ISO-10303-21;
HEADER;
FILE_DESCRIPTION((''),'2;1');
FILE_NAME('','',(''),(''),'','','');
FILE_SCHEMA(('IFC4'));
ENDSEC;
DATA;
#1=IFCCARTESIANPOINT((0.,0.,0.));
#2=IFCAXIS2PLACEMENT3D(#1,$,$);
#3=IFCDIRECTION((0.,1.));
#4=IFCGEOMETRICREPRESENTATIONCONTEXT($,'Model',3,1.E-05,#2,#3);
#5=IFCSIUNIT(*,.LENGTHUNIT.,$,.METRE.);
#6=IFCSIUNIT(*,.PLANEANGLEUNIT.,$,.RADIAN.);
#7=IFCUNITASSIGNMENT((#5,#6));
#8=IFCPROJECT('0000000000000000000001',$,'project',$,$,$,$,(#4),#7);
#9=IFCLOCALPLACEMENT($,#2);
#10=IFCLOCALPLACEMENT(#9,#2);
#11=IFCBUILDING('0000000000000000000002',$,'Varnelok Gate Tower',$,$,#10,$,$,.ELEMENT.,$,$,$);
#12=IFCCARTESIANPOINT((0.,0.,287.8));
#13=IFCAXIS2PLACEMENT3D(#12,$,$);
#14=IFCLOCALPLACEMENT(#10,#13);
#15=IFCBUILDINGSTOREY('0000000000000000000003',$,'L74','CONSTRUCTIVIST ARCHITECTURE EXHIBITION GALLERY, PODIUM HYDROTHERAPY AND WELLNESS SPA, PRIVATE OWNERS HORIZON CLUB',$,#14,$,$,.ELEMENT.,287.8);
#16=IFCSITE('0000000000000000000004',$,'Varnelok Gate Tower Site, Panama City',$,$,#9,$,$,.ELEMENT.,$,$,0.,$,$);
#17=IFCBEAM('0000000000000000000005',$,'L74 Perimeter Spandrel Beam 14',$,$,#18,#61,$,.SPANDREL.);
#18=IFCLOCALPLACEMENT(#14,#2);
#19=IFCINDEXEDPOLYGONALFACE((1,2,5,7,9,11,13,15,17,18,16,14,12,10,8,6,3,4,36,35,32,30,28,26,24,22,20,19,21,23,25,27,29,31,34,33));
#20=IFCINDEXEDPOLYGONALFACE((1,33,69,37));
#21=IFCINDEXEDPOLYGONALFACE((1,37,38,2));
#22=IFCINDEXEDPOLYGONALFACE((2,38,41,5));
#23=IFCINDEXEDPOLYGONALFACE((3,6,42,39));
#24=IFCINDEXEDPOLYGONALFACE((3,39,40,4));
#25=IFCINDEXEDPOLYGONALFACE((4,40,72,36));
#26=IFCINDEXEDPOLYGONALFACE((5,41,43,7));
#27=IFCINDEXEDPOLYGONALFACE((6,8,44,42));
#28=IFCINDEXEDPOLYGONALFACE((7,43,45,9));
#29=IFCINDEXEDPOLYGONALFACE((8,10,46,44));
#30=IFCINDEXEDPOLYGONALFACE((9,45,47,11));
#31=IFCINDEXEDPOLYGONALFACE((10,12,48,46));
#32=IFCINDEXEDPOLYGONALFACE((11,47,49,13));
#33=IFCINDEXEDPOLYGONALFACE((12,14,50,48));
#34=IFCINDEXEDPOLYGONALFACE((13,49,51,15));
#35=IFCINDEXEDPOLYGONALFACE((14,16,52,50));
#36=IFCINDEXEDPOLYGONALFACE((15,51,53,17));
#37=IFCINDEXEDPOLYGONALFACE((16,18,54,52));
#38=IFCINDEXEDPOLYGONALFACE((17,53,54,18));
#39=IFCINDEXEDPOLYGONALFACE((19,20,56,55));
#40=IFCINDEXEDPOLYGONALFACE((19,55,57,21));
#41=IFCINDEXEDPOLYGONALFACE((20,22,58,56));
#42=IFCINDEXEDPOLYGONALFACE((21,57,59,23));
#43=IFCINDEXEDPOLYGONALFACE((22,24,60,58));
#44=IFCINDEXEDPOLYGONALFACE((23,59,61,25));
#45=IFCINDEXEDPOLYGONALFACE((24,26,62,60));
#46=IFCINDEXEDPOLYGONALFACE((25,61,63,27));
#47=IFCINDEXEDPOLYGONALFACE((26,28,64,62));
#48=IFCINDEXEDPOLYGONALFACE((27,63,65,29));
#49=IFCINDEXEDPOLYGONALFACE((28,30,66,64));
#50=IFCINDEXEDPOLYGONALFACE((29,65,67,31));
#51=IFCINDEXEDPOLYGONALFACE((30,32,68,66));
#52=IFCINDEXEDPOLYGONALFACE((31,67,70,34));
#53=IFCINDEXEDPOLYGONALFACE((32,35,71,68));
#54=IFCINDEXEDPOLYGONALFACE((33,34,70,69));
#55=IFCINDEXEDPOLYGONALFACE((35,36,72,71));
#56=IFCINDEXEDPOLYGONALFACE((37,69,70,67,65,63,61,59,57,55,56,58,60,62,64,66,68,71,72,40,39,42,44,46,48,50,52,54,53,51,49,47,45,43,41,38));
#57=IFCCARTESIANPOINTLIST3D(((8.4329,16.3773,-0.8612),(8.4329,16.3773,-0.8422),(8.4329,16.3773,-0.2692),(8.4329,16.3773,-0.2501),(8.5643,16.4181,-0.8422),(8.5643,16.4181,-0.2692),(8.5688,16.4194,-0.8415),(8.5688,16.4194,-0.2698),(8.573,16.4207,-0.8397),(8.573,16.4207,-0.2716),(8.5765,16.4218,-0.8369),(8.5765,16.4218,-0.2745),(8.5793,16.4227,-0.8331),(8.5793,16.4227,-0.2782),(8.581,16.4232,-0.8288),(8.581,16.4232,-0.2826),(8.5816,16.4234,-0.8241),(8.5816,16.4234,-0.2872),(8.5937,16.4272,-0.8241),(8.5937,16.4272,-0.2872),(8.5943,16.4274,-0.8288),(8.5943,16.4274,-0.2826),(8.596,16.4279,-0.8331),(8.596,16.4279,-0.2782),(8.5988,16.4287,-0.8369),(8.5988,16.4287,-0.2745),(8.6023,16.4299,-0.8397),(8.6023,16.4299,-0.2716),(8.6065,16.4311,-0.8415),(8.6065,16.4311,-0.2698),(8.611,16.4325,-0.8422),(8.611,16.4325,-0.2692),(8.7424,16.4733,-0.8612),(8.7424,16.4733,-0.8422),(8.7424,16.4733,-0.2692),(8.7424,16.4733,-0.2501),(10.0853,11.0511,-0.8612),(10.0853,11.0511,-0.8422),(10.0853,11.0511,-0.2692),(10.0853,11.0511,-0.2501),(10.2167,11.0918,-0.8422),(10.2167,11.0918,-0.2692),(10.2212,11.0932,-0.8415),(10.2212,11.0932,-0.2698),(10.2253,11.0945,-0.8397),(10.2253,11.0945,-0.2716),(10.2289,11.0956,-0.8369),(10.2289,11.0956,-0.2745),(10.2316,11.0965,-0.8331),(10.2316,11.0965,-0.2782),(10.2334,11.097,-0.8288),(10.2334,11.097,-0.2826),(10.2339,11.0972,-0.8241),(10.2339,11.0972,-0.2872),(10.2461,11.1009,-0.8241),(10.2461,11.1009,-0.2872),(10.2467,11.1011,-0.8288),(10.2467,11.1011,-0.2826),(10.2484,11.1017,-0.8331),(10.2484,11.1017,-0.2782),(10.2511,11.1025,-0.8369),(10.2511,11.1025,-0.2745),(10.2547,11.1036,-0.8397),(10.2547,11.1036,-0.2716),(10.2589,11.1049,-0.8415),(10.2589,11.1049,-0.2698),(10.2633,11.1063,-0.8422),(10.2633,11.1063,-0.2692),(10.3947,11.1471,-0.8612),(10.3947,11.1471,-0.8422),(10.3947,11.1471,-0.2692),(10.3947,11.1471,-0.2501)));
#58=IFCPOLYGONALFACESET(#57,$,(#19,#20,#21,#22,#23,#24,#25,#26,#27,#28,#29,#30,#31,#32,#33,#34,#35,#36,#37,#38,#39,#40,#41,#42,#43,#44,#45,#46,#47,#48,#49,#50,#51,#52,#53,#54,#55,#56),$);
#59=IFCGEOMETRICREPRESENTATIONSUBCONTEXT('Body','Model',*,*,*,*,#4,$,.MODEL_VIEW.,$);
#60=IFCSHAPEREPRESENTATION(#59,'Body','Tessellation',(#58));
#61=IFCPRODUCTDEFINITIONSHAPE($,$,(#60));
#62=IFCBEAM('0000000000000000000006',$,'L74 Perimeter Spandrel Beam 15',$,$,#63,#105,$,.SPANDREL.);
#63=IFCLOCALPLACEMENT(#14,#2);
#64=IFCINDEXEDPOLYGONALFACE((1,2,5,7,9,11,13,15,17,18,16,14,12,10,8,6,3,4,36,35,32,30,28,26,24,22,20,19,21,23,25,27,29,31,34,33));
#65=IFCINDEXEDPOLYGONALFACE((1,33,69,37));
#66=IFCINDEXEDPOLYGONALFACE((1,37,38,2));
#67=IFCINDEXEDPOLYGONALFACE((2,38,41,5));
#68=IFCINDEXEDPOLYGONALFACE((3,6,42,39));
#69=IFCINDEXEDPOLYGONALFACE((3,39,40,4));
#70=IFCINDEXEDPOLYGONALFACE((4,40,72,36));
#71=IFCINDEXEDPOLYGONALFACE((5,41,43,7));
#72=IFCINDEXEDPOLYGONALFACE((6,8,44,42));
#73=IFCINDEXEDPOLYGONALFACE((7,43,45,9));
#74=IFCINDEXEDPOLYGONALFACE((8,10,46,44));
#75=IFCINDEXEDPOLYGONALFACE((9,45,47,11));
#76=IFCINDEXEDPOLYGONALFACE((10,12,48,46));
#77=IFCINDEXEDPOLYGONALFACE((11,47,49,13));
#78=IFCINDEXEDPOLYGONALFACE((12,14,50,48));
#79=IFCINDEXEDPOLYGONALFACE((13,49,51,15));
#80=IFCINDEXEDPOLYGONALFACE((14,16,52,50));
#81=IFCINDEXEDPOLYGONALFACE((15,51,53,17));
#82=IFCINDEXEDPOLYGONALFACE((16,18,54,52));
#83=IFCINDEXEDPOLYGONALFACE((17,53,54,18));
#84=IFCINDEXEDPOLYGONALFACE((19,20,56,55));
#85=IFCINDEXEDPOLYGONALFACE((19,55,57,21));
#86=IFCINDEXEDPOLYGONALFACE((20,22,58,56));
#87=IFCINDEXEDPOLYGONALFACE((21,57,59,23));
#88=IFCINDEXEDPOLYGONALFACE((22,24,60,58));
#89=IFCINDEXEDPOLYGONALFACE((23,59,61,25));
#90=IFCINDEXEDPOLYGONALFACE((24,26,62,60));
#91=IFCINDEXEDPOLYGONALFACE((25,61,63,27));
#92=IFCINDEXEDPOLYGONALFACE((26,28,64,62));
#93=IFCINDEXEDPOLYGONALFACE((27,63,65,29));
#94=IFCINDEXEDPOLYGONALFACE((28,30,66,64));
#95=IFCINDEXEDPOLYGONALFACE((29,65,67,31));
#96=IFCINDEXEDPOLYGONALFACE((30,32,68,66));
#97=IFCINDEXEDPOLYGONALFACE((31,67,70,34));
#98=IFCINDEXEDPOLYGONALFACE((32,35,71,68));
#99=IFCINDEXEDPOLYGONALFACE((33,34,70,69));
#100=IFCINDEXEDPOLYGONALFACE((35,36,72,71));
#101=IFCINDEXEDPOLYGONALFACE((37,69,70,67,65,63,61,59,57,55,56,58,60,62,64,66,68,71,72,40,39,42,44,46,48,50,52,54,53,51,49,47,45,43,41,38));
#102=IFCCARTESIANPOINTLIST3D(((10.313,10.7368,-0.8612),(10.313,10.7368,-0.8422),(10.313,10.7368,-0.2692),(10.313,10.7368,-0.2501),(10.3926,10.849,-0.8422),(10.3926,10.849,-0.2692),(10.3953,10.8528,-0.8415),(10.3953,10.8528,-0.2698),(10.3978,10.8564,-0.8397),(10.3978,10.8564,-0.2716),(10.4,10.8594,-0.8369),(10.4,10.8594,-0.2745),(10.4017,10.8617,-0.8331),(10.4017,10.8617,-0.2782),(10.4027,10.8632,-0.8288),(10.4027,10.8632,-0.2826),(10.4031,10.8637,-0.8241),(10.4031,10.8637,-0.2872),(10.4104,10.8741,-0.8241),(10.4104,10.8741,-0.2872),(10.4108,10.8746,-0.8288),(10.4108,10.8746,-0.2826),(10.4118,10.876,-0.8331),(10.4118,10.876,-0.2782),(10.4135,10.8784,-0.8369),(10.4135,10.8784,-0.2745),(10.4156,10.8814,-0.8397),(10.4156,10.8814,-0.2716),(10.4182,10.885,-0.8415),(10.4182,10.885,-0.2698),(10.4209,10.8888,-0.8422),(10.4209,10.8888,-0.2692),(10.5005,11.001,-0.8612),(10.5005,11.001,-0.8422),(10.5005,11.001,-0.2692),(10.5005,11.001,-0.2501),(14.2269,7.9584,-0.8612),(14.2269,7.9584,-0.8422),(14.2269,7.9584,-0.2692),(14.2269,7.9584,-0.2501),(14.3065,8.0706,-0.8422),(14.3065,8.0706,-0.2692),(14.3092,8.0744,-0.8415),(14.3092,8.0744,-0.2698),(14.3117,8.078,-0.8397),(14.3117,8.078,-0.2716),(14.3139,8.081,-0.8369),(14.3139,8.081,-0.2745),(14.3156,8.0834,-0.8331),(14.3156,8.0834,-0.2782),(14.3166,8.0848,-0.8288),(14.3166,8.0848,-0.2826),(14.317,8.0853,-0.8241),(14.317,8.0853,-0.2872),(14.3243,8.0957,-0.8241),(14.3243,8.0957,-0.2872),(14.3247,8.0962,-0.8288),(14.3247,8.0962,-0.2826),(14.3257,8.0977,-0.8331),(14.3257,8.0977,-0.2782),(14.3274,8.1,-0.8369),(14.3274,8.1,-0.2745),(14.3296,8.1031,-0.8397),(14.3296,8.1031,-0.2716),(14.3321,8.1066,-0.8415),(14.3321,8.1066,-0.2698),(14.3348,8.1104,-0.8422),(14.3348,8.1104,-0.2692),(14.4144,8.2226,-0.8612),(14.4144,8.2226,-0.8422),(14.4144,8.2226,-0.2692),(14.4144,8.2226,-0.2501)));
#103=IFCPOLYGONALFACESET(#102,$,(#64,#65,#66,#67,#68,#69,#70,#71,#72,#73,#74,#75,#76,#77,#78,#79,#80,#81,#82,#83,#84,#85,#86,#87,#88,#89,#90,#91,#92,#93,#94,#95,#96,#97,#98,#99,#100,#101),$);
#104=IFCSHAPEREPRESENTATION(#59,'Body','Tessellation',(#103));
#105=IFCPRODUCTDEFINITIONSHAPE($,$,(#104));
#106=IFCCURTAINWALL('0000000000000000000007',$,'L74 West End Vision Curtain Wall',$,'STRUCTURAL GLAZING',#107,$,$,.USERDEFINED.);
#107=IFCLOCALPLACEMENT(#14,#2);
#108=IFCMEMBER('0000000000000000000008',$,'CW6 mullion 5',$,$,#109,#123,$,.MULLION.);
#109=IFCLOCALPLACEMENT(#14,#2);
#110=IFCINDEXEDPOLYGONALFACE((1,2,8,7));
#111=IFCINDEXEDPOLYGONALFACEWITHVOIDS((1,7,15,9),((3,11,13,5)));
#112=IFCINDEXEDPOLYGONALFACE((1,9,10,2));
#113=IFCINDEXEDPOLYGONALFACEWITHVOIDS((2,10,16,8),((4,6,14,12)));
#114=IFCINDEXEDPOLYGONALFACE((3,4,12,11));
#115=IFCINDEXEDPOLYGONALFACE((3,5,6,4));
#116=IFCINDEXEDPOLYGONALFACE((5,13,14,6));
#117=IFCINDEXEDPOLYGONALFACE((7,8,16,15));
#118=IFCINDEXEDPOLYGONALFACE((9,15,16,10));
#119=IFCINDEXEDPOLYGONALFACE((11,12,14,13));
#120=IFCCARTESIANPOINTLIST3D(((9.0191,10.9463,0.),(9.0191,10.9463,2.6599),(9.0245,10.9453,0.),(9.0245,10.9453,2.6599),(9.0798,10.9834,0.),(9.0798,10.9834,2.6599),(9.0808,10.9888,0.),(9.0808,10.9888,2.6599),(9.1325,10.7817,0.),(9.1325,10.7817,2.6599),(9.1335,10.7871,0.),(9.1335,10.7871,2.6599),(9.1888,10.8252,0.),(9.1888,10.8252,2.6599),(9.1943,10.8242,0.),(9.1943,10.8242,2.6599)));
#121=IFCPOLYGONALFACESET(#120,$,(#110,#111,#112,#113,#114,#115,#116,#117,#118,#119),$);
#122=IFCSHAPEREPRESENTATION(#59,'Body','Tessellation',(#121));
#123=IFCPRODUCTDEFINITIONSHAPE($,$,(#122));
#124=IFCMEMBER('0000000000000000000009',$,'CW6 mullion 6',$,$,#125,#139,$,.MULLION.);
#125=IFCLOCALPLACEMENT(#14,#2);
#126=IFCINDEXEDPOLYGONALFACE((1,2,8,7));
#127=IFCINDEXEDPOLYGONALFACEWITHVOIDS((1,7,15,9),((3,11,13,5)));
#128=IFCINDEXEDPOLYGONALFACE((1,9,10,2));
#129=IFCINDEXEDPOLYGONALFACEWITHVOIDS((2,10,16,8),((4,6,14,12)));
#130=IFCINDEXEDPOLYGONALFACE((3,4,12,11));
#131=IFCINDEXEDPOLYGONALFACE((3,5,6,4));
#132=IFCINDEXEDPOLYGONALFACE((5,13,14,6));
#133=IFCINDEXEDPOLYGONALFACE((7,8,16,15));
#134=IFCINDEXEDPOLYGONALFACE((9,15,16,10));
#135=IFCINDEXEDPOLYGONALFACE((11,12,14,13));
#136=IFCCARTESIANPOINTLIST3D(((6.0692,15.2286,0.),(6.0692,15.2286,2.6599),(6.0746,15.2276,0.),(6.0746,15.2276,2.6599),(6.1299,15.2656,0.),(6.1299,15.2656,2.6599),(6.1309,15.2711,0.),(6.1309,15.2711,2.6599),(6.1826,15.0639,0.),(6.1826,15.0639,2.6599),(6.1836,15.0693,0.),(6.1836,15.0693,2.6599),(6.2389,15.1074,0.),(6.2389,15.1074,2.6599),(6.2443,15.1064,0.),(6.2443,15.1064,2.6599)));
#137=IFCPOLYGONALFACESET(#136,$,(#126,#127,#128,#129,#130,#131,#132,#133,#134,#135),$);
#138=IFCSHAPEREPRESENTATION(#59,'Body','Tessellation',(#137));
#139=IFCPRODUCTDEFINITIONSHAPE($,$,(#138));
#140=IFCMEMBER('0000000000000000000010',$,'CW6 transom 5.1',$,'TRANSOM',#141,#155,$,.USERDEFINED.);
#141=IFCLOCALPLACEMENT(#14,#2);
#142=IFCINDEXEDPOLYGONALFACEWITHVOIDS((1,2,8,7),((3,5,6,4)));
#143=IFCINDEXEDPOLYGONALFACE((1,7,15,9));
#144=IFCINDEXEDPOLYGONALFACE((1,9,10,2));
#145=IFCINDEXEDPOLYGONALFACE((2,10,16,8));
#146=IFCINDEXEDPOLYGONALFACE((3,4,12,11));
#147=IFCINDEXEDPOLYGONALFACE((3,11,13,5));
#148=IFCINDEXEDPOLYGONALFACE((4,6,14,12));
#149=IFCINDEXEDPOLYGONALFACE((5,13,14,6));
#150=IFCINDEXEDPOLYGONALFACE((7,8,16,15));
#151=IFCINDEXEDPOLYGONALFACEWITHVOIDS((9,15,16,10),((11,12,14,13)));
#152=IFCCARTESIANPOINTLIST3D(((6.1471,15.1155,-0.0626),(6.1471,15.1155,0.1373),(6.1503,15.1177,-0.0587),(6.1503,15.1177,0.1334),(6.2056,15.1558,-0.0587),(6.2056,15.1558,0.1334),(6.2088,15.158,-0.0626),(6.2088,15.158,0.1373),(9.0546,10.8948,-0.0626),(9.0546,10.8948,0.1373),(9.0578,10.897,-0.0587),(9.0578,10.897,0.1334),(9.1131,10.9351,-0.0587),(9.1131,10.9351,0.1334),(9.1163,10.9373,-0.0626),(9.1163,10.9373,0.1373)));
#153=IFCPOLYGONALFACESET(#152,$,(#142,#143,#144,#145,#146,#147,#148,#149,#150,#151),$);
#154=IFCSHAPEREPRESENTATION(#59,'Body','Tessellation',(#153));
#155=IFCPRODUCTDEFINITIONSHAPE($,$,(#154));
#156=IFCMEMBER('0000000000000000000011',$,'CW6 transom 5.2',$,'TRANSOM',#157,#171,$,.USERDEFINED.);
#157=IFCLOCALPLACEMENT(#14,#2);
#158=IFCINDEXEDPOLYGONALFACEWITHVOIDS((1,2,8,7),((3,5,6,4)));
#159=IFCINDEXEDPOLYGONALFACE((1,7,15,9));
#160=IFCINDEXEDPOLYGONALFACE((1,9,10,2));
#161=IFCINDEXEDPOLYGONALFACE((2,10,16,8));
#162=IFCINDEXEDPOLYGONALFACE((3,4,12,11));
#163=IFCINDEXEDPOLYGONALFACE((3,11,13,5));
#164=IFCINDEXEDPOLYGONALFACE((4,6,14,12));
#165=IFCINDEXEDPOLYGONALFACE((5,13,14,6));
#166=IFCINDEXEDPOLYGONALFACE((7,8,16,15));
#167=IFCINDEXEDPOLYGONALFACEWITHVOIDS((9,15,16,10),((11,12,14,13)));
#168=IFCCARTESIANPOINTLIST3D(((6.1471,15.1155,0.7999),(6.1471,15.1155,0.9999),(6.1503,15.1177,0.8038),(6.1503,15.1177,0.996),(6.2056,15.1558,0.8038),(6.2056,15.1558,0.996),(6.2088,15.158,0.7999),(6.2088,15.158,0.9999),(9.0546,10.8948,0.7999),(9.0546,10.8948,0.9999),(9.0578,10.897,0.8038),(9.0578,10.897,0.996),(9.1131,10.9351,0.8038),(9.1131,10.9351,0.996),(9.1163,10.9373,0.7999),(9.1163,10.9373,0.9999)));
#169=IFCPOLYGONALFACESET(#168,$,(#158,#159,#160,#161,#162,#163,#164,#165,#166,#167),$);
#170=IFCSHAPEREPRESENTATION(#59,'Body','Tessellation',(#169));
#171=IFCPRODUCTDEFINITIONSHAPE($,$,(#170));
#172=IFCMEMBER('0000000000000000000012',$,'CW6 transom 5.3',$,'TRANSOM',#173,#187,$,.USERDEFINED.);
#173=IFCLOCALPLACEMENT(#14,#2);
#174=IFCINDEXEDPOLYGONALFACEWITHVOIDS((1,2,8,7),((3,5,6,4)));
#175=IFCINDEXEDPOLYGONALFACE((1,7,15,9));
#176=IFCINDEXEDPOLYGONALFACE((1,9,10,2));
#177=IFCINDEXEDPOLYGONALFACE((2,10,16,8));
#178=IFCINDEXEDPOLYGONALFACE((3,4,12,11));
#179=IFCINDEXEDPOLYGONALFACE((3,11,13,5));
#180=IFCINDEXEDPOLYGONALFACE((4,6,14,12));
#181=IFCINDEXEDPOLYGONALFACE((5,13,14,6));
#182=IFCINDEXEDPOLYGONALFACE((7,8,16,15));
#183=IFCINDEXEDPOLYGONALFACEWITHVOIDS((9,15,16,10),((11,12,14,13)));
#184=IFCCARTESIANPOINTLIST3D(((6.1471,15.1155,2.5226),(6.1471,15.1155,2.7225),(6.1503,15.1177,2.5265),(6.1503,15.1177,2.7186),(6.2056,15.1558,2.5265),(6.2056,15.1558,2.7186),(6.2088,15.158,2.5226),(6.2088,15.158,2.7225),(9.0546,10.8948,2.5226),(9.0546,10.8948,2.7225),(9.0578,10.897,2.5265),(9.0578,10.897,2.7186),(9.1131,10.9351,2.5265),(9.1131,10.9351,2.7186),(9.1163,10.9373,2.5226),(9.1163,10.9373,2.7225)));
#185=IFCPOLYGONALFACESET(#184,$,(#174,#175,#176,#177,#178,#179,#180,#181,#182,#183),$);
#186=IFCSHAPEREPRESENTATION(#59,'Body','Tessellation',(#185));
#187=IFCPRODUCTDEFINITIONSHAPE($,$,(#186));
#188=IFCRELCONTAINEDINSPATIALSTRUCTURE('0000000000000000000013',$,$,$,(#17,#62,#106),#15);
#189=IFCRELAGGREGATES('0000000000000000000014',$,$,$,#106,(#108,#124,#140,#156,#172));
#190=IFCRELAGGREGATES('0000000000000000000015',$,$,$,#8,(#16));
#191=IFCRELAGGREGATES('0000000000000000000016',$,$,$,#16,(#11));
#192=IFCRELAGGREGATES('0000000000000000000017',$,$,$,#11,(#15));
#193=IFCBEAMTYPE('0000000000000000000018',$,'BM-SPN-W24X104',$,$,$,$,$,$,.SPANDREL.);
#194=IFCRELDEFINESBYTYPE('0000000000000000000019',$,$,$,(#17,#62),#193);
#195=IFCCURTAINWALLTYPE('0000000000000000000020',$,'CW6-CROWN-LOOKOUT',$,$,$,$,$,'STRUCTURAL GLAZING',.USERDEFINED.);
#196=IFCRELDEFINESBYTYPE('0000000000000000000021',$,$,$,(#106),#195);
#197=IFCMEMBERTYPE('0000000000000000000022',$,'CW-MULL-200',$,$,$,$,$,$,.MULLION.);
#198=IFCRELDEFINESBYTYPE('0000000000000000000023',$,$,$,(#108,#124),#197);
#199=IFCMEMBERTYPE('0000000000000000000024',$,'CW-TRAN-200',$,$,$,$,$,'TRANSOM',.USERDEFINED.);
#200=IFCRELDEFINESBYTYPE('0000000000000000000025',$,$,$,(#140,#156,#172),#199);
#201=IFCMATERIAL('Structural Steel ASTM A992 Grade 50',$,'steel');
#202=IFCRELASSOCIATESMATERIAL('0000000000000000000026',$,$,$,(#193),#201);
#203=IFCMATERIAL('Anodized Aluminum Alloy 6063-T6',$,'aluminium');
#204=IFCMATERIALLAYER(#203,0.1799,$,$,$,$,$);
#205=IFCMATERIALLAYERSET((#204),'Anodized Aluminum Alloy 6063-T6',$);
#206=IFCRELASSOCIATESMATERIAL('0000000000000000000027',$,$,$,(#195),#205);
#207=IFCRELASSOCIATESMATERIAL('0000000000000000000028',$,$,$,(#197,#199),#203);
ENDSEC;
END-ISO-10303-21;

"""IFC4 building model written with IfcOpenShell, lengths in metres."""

from ifc_helpers import new_model, si_unit, direction, frame, origin, origin_2d, place, context, subcontext, project, spatial, hollow_rectangle, i_section, extrude, material, layer, layer_set, material_profile, profile_set, type_object, element, aggregate, save


model = new_model("IFC4")

# Units and contexts
model_context = context("Model", 3, precision=1e-05, world=origin(), true_north=direction((0.0, 1.0)))
body_context = subcontext(model_context, "Body", "Model", "MODEL_VIEW")
ifc_project = project(units=[si_unit("LENGTHUNIT", "METRE"), si_unit("PLANEANGLEUNIT", "RADIAN")], contexts=[model_context])

# Site, building, storey
site_placement = place(None, origin())
site = spatial("IfcSite", under=ifc_project, at=site_placement, Name="Varnelok Gate Tower Site, Panama City", CompositionType="ELEMENT", RefElevation=0.0)
building_placement = place(site_placement, origin())
building = spatial("IfcBuilding", under=site, at=building_placement, Name="Varnelok Gate Tower", CompositionType="ELEMENT")
storey_placement = place(building_placement, frame((0.0, 0.0, 287.8)))
storey = spatial("IfcBuildingStorey", under=building, at=storey_placement, Name="L74", Description="CONSTRUCTIVIST ARCHITECTURE EXHIBITION GALLERY, PODIUM HYDROTHERAPY AND WELLNESS SPA, PRIVATE OWNERS HORIZON CLUB", CompositionType="ELEMENT", Elevation=287.8)

# Shared definitions
ifc_material_1 = material(Name="Structural Steel ASTM A992 Grade 50", Category="steel")

# Beams
ifc_material_profile_1 = material_profile(ifc_material_1, i_section(OverallWidth=0.324, OverallDepth=0.6111, WebThickness=0.0127, FlangeThickness=0.019, FilletRadius=0.0181, at=origin_2d()), Name="W24X104")
ifc_profile_set_1 = profile_set([ifc_material_profile_1], Name="Structural Steel ASTM A992 Grade 50")
beam_type_1 = type_object("IfcBeamType", Name="BM-SPN-W24X104", PredefinedType="SPANDREL", material=ifc_profile_set_1)
beam_1_placement = place(storey_placement, frame((8.5876, 16.4253, -0.5557), z_axis=(0.2963, -0.955095, 0.0), x_axis=(0.955095, 0.2963, 0.0)))
element("IfcBeam", 1, at=beam_1_placement, inside=storey, type_object=beam_type_1, Name="L74 Perimeter Spandrel Beam 14", PredefinedType="SPANDREL", context=body_context, shape_type="SweptSolid", body=[
    extrude(i_section(OverallWidth=0.324, OverallDepth=0.6111, WebThickness=0.0127, FlangeThickness=0.019, FilletRadius=0.0181, at=origin_2d()), origin(), (0.0, 0.0, 1.0), 5.5767),
])
beam_2_placement = place(storey_placement, frame((10.4067, 10.8689, -0.5557), z_axis=(0.815431, -0.578854, 0.0), x_axis=(0.578854, 0.815431, 0.0)))
element("IfcBeam", 2, at=beam_2_placement, inside=storey, type_object=beam_type_1, Name="L74 Perimeter Spandrel Beam 15", PredefinedType="SPANDREL", context=body_context, shape_type="SweptSolid", body=[
    extrude(i_section(OverallWidth=0.324, OverallDepth=0.6111, WebThickness=0.0127, FlangeThickness=0.019, FilletRadius=0.0181, at=origin_2d()), origin(), (0.0, 0.0, 1.0), 4.7998),
])

# Curtain wall, members
ifc_material_2 = material(Name="Anodized Aluminum Alloy 6063-T6", Category="aluminium")
ifc_layer_1 = layer(ifc_material_2, 0.1799)
ifc_layer_set_1 = layer_set([ifc_layer_1], Name="Anodized Aluminum Alloy 6063-T6")
curtain_wall_type = type_object("IfcCurtainWallType", Name="CW6-CROWN-LOOKOUT", ElementType="STRUCTURAL GLAZING", PredefinedType="USERDEFINED", material=ifc_layer_set_1)
curtain_wall_placement = place(storey_placement, origin())
curtain_wall = element("IfcCurtainWall", 3, at=curtain_wall_placement, inside=storey, type_object=curtain_wall_type, Name="L74 West End Vision Curtain Wall", ObjectType="STRUCTURAL GLAZING", PredefinedType="USERDEFINED")
ifc_material_profile_2 = material_profile(ifc_material_2, hollow_rectangle(XDim=0.075, YDim=0.2, WallThickness=0.0039, at=origin_2d()), Name="ALU200X75X4")
ifc_profile_set_2 = profile_set([ifc_material_profile_2], Name="Anodized Aluminum Alloy 6063-T6")
member_type_1 = type_object("IfcMemberType", Name="CW-MULL-200", PredefinedType="MULLION", material=ifc_profile_set_2)
member_1_placement = place(storey_placement, frame((9.1067, 10.8853, 0.0), z_axis=(0.0, 0.0, 1.0), x_axis=(-0.823532, -0.567269, 0.0)))
member_1 = element("IfcMember", 4, at=member_1_placement, type_object=member_type_1, Name="CW6 mullion 5", PredefinedType="MULLION", context=body_context, shape_type="SweptSolid", body=[
    extrude(hollow_rectangle(XDim=0.075, YDim=0.2, WallThickness=0.0039, at=origin_2d()), origin(), (0.0, 0.0, 1.0), 2.6599),
])
member_2_placement = place(storey_placement, frame((6.1567, 15.1675, 0.0), z_axis=(0.0, 0.0, 1.0), x_axis=(-0.823532, -0.567269, 0.0)))
member_2 = element("IfcMember", 5, at=member_2_placement, type_object=member_type_1, Name="CW6 mullion 6", PredefinedType="MULLION", context=body_context, shape_type="SweptSolid", body=[
    extrude(hollow_rectangle(XDim=0.075, YDim=0.2, WallThickness=0.0039, at=origin_2d()), origin(), (0.0, 0.0, 1.0), 2.6599),
])
ifc_material_profile_3 = material_profile(ifc_material_2, hollow_rectangle(XDim=0.075, YDim=0.2, WallThickness=0.0039, at=origin_2d()), Name="ALU200X75X4")
ifc_profile_set_3 = profile_set([ifc_material_profile_3], Name="Anodized Aluminum Alloy 6063-T6")
member_type_2 = type_object("IfcMemberType", Name="CW-TRAN-200", ElementType="TRANSOM", PredefinedType="USERDEFINED", material=ifc_profile_set_3)
member_3_placement = place(storey_placement, frame((9.0854, 10.916, 0.0374), z_axis=(-0.567289, 0.823519, 0.0), x_axis=(-0.823519, -0.567289, 0.0)))
member_3 = element("IfcMember", 6, at=member_3_placement, type_object=member_type_2, Name="CW6 transom 5.1", ObjectType="TRANSOM", PredefinedType="USERDEFINED", context=body_context, shape_type="SweptSolid", body=[
    extrude(hollow_rectangle(XDim=0.075, YDim=0.2, WallThickness=0.0039, at=origin_2d()), origin(), (0.0, 0.0, 1.0), 5.1252),
])
member_4_placement = place(storey_placement, frame((9.0854, 10.916, 0.8999), z_axis=(-0.567289, 0.823519, 0.0), x_axis=(-0.823519, -0.567289, 0.0)))
member_4 = element("IfcMember", 7, at=member_4_placement, type_object=member_type_2, Name="CW6 transom 5.2", ObjectType="TRANSOM", PredefinedType="USERDEFINED", context=body_context, shape_type="SweptSolid", body=[
    extrude(hollow_rectangle(XDim=0.075, YDim=0.2, WallThickness=0.0039, at=origin_2d()), origin(), (0.0, 0.0, 1.0), 5.1252),
])
member_5_placement = place(storey_placement, frame((9.0854, 10.916, 2.6226), z_axis=(-0.567289, 0.823519, 0.0), x_axis=(-0.823519, -0.567289, 0.0)))
member_5 = element("IfcMember", 8, at=member_5_placement, type_object=member_type_2, Name="CW6 transom 5.3", ObjectType="TRANSOM", PredefinedType="USERDEFINED", context=body_context, shape_type="SweptSolid", body=[
    extrude(hollow_rectangle(XDim=0.075, YDim=0.2, WallThickness=0.0039, at=origin_2d()), origin(), (0.0, 0.0, 1.0), 5.1252),
])
aggregate(curtain_wall, [member_1, member_2, member_3, member_4, member_5])

save(model, "model.ifc")
